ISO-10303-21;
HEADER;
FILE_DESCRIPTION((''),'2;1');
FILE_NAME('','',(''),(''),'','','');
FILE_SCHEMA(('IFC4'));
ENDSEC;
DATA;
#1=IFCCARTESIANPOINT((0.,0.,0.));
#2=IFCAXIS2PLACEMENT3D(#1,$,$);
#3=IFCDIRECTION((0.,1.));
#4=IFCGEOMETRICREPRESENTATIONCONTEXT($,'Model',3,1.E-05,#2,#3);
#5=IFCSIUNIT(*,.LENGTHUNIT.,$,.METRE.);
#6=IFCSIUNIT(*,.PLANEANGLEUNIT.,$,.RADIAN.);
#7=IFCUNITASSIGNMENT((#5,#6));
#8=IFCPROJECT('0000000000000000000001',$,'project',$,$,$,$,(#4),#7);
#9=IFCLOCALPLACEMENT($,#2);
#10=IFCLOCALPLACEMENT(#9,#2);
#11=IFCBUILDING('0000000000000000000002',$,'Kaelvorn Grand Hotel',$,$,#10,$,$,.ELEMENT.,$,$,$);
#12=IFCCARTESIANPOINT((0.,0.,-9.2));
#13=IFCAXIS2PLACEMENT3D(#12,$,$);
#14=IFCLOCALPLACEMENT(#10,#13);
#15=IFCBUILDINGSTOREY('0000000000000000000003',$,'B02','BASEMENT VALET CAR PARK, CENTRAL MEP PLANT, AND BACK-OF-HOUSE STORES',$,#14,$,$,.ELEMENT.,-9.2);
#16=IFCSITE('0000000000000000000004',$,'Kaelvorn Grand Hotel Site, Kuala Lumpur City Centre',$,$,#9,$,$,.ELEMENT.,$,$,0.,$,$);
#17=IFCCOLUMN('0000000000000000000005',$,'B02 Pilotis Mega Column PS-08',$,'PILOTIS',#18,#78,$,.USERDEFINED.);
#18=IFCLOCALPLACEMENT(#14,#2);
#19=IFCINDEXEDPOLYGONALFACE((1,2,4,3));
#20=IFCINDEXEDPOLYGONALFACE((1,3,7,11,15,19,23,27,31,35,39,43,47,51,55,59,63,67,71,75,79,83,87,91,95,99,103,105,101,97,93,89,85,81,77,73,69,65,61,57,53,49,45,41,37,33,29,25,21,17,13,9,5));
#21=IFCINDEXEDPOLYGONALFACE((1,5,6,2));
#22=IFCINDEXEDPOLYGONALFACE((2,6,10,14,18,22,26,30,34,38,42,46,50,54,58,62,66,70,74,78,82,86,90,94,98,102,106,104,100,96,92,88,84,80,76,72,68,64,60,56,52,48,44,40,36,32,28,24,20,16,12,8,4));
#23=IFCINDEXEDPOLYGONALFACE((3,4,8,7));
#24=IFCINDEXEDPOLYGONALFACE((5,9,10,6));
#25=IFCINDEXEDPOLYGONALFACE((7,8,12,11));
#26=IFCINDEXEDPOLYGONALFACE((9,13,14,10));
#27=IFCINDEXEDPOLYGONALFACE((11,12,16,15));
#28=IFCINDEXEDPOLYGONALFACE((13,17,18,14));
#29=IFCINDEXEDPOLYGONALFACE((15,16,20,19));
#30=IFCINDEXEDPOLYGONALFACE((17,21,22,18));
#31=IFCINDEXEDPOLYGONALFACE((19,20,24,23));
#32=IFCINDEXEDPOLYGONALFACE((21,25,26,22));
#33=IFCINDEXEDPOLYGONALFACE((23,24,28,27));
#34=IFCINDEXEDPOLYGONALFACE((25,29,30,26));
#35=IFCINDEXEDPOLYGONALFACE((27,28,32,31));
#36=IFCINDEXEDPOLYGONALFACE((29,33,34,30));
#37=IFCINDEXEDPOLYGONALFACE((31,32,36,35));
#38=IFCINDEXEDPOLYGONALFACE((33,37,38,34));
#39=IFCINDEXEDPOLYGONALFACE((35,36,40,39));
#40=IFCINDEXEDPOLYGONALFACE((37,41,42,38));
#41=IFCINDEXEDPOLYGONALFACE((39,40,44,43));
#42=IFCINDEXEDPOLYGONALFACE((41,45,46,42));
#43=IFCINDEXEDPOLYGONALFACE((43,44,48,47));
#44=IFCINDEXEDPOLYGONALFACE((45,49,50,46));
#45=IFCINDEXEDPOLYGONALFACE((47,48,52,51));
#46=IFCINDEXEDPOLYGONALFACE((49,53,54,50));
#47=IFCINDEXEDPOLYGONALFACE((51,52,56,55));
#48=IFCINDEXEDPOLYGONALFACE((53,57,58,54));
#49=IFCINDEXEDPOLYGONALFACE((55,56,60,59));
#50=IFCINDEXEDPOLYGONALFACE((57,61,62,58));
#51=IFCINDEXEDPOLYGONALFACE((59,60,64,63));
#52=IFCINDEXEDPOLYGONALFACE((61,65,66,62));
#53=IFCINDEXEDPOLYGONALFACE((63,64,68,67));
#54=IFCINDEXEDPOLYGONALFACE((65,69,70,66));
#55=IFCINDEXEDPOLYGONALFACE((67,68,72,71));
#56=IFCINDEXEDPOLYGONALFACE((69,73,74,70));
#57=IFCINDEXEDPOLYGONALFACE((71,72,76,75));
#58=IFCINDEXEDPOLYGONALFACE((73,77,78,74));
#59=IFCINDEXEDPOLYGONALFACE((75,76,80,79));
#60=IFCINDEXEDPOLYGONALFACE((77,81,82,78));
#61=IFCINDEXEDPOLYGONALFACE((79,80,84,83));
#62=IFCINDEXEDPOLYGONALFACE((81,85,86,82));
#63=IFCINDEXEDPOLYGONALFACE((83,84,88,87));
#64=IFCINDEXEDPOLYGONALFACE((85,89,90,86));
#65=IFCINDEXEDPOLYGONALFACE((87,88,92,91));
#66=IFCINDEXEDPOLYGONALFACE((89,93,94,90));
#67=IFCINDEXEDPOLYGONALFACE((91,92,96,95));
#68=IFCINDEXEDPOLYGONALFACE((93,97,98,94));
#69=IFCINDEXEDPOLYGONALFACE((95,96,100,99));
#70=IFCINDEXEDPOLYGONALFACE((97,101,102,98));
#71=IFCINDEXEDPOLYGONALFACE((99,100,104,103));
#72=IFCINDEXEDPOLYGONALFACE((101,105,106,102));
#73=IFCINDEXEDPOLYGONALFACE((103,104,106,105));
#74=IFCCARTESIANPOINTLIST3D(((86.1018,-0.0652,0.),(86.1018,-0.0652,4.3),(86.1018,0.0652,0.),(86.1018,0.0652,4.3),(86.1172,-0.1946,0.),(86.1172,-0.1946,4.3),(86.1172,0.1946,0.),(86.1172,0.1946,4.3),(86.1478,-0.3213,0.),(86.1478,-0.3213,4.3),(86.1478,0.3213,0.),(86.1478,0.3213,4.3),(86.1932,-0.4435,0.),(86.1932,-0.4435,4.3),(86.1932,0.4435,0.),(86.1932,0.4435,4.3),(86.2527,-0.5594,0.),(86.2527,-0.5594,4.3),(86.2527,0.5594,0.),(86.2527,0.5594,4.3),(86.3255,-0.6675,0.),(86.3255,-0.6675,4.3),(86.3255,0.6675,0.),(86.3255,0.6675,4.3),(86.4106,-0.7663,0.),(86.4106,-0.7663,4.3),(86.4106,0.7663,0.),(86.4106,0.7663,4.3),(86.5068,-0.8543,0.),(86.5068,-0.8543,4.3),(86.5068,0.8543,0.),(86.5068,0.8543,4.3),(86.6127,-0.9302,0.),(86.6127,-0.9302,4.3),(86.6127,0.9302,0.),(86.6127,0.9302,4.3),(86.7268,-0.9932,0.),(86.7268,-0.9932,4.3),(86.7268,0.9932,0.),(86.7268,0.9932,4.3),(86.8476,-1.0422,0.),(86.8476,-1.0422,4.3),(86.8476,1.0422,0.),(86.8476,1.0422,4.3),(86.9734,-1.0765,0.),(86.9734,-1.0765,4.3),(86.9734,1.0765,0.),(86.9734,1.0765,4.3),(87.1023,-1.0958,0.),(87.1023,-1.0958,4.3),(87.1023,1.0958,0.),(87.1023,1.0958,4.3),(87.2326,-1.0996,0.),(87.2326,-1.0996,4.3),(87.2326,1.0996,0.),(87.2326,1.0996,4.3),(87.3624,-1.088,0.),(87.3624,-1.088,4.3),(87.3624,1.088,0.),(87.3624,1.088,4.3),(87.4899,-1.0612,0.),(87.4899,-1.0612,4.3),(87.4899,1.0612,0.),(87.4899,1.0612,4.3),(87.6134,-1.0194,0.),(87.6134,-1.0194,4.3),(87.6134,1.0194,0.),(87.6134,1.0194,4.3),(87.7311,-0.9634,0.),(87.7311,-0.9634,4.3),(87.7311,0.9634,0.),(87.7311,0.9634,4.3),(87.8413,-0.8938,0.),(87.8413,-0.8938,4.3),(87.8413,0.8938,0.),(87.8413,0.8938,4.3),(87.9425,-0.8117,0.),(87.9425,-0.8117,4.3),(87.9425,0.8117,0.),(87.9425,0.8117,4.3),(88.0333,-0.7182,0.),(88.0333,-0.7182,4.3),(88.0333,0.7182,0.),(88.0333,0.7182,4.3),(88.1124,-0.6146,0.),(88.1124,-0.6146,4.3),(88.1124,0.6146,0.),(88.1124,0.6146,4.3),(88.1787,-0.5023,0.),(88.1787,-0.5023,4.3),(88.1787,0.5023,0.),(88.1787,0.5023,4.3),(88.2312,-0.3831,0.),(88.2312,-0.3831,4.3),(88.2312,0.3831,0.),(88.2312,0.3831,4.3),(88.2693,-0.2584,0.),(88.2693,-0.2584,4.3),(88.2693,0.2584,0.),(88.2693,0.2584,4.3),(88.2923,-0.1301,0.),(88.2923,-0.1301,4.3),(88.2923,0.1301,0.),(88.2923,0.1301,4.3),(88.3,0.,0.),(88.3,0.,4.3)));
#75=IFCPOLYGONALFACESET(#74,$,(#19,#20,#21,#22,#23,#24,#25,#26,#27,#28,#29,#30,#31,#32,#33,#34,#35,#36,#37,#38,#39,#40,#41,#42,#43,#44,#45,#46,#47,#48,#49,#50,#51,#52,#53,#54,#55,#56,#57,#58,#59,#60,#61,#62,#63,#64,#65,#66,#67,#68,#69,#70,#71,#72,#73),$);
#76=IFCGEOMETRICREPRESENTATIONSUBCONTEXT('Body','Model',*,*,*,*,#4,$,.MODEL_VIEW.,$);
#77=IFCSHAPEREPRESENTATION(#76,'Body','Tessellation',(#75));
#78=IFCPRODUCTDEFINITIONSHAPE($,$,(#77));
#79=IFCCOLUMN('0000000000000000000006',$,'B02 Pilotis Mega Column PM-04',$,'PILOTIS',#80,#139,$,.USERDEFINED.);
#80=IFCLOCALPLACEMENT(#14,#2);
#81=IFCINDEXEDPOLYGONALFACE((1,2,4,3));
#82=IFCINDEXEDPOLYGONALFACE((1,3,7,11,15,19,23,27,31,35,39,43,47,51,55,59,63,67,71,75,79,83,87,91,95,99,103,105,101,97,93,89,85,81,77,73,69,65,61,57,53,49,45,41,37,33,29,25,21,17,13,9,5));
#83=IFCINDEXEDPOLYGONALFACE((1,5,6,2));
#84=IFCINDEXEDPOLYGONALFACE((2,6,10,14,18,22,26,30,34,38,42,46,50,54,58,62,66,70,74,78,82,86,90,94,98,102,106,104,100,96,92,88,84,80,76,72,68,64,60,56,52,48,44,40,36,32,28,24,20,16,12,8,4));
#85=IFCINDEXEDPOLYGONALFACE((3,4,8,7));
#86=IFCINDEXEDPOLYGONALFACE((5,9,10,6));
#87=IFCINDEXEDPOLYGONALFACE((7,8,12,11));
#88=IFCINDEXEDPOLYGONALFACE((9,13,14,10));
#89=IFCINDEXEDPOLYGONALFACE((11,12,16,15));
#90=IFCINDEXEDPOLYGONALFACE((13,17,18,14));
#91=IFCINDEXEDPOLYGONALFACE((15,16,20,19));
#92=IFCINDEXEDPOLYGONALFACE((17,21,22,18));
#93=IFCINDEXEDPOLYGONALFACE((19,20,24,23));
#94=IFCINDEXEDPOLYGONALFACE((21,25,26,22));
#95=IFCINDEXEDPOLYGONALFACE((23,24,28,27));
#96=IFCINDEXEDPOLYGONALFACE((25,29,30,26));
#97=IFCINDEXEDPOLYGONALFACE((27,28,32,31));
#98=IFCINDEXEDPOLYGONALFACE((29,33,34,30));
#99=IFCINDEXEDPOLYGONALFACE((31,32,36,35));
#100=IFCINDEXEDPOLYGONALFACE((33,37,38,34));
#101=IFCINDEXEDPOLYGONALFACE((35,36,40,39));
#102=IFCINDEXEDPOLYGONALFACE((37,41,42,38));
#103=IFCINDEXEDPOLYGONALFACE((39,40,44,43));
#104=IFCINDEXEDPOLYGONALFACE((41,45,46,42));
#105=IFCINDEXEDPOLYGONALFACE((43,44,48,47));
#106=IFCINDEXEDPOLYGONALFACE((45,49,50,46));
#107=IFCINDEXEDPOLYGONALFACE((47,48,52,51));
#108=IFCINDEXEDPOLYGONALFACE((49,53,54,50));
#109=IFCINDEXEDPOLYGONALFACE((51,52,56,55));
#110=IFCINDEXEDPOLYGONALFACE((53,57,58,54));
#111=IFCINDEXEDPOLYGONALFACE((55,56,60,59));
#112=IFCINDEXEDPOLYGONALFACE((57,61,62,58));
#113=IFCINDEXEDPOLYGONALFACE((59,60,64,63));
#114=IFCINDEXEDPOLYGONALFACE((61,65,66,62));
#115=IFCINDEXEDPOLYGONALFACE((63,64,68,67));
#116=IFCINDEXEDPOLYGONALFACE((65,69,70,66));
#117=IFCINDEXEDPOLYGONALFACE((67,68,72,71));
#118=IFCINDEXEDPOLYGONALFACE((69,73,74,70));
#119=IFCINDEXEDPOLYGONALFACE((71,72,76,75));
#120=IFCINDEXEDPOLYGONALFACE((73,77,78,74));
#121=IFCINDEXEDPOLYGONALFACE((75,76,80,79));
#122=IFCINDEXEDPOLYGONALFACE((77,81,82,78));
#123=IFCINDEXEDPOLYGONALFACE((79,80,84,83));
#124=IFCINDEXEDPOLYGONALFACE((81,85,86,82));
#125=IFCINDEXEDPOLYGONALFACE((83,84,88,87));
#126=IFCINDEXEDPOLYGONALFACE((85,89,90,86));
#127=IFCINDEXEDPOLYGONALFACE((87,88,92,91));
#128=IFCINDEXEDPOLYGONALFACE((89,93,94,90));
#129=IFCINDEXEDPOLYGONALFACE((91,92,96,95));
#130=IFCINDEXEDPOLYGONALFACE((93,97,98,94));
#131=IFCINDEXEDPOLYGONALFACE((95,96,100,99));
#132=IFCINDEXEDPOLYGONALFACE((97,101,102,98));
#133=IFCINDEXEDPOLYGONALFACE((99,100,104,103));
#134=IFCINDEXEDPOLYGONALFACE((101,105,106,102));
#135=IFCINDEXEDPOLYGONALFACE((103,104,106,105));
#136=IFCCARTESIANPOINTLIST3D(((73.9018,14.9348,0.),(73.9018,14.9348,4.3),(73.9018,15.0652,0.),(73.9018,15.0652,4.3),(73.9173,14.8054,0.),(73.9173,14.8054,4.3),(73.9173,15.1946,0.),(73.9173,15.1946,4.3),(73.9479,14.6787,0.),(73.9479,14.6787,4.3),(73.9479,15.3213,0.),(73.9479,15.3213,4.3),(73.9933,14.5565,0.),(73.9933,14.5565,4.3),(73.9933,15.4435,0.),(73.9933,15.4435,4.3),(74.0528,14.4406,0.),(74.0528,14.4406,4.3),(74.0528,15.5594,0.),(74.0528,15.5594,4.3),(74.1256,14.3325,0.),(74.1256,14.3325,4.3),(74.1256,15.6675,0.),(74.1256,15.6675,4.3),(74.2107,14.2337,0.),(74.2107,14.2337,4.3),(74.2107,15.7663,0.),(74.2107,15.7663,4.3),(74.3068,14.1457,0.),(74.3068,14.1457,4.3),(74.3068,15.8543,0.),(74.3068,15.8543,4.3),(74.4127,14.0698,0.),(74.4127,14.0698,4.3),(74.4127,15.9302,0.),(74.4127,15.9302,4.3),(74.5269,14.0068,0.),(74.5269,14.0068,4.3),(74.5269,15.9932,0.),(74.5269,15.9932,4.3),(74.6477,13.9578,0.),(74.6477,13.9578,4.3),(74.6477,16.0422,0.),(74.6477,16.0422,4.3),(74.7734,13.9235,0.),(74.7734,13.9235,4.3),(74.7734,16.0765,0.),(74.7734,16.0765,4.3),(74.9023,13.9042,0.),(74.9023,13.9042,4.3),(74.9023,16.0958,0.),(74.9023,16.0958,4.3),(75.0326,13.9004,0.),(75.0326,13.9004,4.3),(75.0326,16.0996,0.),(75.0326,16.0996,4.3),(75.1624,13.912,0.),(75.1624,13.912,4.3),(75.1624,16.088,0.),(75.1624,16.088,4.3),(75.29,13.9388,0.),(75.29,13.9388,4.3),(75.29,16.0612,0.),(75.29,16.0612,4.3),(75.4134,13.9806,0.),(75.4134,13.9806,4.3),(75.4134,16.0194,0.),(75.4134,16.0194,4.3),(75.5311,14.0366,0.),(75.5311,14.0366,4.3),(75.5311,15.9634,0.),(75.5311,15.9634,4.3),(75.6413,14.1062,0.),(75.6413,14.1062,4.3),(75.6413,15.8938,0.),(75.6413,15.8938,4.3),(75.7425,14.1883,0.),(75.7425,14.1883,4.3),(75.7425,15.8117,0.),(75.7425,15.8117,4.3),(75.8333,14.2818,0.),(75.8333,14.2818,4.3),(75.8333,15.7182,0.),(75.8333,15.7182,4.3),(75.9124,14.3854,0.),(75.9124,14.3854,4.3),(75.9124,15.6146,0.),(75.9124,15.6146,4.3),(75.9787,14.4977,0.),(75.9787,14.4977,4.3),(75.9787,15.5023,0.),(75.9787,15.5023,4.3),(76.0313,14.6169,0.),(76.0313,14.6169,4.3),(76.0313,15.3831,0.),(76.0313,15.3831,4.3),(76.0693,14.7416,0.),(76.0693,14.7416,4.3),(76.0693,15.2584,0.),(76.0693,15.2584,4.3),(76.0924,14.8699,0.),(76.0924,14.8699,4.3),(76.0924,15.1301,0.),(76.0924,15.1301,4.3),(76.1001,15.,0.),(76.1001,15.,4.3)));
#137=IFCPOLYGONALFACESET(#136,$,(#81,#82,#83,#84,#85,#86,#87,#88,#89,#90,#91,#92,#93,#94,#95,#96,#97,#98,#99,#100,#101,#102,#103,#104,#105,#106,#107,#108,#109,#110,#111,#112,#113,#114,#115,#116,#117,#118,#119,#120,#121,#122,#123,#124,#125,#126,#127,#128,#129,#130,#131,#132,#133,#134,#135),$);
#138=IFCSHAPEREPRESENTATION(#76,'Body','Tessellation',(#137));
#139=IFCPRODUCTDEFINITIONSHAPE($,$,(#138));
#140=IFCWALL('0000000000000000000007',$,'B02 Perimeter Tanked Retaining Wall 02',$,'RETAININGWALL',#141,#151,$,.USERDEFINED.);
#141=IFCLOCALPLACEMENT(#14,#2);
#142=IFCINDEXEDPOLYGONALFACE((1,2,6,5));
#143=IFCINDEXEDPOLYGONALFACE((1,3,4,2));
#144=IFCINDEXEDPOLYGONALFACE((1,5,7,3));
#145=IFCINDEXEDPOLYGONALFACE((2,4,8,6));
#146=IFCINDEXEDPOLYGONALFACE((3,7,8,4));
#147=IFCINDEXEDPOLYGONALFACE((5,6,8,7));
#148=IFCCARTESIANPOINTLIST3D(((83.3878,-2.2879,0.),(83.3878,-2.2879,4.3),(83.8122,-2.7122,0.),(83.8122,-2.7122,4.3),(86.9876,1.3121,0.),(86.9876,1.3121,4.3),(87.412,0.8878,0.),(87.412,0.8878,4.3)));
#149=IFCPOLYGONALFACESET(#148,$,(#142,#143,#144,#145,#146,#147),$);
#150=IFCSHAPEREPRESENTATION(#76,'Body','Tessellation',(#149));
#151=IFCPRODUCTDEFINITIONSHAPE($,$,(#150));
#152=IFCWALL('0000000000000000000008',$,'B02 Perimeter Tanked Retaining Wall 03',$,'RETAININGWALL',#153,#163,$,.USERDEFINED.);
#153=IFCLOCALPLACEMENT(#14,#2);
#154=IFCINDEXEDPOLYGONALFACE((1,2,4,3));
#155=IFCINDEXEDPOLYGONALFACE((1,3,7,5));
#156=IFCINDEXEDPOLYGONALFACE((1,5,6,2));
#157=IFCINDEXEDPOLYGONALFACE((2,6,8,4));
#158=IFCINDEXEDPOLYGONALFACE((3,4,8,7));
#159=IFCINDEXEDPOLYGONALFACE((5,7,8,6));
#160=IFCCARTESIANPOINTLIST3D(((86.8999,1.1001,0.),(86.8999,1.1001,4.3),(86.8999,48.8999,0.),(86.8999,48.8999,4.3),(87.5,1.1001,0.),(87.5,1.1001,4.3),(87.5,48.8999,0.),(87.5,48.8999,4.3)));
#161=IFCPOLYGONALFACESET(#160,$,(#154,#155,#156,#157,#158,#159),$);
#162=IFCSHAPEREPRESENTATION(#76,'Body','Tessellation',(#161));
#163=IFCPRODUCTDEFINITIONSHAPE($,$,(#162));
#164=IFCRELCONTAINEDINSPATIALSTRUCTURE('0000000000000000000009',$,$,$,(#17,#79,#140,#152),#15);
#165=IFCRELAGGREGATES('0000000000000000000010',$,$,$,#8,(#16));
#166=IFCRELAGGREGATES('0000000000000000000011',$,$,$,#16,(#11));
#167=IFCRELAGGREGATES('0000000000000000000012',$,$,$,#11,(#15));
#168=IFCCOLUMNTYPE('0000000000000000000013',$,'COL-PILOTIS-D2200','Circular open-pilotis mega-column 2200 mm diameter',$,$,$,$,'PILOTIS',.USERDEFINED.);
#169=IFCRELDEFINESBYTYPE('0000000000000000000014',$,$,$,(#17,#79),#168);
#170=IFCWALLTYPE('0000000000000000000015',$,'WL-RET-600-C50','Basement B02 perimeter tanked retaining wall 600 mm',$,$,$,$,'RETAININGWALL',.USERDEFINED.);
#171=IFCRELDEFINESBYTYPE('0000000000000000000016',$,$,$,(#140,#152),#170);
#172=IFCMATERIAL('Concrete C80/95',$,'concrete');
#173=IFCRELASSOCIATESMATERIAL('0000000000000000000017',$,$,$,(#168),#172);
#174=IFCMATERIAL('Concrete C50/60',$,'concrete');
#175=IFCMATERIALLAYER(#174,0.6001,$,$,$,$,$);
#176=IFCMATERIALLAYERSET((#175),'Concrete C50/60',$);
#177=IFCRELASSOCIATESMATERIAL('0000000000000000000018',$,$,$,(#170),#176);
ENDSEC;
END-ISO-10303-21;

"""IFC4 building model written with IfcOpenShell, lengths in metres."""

from ifc_helpers import new_model, si_unit, direction, frame, frame_2d, origin, origin_2d, place, context, subcontext, project, spatial, rectangle, circle, extrude, material, layer, layer_set, material_profile, profile_set, type_object, element, save


model = new_model("IFC4")

# Units and contexts
model_context = context("Model", 3, precision=1e-05, world=origin(), true_north=direction((0.0, 1.0)))
body_context = subcontext(model_context, "Body", "Model", "MODEL_VIEW")
ifc_project = project(units=[si_unit("LENGTHUNIT", "METRE"), si_unit("PLANEANGLEUNIT", "RADIAN")], contexts=[model_context])

# Site, building, storey
site_placement = place(None, origin())
site = spatial("IfcSite", under=ifc_project, at=site_placement, Name="Kaelvorn Grand Hotel Site, Kuala Lumpur City Centre", CompositionType="ELEMENT", RefElevation=0.0)
building_placement = place(site_placement, origin())
building = spatial("IfcBuilding", under=site, at=building_placement, Name="Kaelvorn Grand Hotel", CompositionType="ELEMENT")
storey_placement = place(building_placement, frame((0.0, 0.0, -9.2)))
storey = spatial("IfcBuildingStorey", under=building, at=storey_placement, Name="B02", Description="BASEMENT VALET CAR PARK, CENTRAL MEP PLANT, AND BACK-OF-HOUSE STORES", CompositionType="ELEMENT", Elevation=-9.2)

# Shared definitions
ifc_material_1 = material(Name="Concrete C50/60", Category="concrete")

# Columns
ifc_material_2 = material(Name="Concrete C80/95", Category="concrete")
ifc_material_profile_1 = material_profile(ifc_material_2, circle(Radius=1.1001, at=origin_2d()), Name="PILOTIS D2200")
ifc_profile_set_1 = profile_set([ifc_material_profile_1], Name="Concrete C80/95")
column_type_1 = type_object("IfcColumnType", Name="COL-PILOTIS-D2200", Description="Circular open-pilotis mega-column 2200 mm diameter", ElementType="PILOTIS", PredefinedType="USERDEFINED", material=ifc_profile_set_1)
for number, where, z_axis, x_axis, name in (
    (1, (87.2, 0.0, 0.0), (0.0, 0.0, 1.0), (1.0, 0.0, 0.0), "B02 Pilotis Mega Column PS-08"),
    (2, (75.0, 15.0, 0.0), (0.0, 0.0, 1.0), (1.0, 0.0, 0.0), "B02 Pilotis Mega Column PM-04"),
):
    element("IfcColumn", number, at=place(storey_placement, frame(where, z_axis=z_axis, x_axis=x_axis)), inside=storey, type_object=column_type_1, Name=name, ObjectType="PILOTIS", PredefinedType="USERDEFINED", context=body_context, shape_type="SweptSolid", body=[
        extrude(circle(Radius=1.1001, at=origin_2d()), origin(), (0.0, 0.0, 1.0), 4.3),
    ])

# Walls
ifc_layer_1 = layer(ifc_material_1, 0.6001)
ifc_layer_set_1 = layer_set([ifc_layer_1], Name="Concrete C50/60")
wall_type = type_object("IfcWallType", Name="WL-RET-600-C50", Description="Basement B02 perimeter tanked retaining wall 600 mm", ElementType="RETAININGWALL", PredefinedType="USERDEFINED", material=ifc_layer_set_1)
wall_1_placement = place(storey_placement, frame((83.6001, -2.5, 0.0), z_axis=(0.0, 0.0, 1.0), x_axis=(0.707083, 0.707131, 0.0)))
element("IfcWall", 3, at=wall_1_placement, inside=storey, type_object=wall_type, Name="B02 Perimeter Tanked Retaining Wall 02", ObjectType="RETAININGWALL", PredefinedType="USERDEFINED", context=body_context, shape_type="SweptSolid", body=[
    extrude(rectangle(XDim=5.0911, YDim=0.6001, at=frame_2d((2.5454, 0.0))), origin(), (0.0, 0.0, 1.0), 4.3),
])
wall_2_placement = place(storey_placement, frame((87.2, 1.1001, 0.0), z_axis=(0.0, 0.0, 1.0), x_axis=(0.0, 1.0, 0.0)))
element("IfcWall", 4, at=wall_2_placement, inside=storey, type_object=wall_type, Name="B02 Perimeter Tanked Retaining Wall 03", ObjectType="RETAININGWALL", PredefinedType="USERDEFINED", context=body_context, shape_type="SweptSolid", body=[
    extrude(rectangle(XDim=47.7998, YDim=0.6001, at=frame_2d((23.8999, 0.0))), origin(), (0.0, 0.0, 1.0), 4.3),
])

save(model, "model.ifc")
